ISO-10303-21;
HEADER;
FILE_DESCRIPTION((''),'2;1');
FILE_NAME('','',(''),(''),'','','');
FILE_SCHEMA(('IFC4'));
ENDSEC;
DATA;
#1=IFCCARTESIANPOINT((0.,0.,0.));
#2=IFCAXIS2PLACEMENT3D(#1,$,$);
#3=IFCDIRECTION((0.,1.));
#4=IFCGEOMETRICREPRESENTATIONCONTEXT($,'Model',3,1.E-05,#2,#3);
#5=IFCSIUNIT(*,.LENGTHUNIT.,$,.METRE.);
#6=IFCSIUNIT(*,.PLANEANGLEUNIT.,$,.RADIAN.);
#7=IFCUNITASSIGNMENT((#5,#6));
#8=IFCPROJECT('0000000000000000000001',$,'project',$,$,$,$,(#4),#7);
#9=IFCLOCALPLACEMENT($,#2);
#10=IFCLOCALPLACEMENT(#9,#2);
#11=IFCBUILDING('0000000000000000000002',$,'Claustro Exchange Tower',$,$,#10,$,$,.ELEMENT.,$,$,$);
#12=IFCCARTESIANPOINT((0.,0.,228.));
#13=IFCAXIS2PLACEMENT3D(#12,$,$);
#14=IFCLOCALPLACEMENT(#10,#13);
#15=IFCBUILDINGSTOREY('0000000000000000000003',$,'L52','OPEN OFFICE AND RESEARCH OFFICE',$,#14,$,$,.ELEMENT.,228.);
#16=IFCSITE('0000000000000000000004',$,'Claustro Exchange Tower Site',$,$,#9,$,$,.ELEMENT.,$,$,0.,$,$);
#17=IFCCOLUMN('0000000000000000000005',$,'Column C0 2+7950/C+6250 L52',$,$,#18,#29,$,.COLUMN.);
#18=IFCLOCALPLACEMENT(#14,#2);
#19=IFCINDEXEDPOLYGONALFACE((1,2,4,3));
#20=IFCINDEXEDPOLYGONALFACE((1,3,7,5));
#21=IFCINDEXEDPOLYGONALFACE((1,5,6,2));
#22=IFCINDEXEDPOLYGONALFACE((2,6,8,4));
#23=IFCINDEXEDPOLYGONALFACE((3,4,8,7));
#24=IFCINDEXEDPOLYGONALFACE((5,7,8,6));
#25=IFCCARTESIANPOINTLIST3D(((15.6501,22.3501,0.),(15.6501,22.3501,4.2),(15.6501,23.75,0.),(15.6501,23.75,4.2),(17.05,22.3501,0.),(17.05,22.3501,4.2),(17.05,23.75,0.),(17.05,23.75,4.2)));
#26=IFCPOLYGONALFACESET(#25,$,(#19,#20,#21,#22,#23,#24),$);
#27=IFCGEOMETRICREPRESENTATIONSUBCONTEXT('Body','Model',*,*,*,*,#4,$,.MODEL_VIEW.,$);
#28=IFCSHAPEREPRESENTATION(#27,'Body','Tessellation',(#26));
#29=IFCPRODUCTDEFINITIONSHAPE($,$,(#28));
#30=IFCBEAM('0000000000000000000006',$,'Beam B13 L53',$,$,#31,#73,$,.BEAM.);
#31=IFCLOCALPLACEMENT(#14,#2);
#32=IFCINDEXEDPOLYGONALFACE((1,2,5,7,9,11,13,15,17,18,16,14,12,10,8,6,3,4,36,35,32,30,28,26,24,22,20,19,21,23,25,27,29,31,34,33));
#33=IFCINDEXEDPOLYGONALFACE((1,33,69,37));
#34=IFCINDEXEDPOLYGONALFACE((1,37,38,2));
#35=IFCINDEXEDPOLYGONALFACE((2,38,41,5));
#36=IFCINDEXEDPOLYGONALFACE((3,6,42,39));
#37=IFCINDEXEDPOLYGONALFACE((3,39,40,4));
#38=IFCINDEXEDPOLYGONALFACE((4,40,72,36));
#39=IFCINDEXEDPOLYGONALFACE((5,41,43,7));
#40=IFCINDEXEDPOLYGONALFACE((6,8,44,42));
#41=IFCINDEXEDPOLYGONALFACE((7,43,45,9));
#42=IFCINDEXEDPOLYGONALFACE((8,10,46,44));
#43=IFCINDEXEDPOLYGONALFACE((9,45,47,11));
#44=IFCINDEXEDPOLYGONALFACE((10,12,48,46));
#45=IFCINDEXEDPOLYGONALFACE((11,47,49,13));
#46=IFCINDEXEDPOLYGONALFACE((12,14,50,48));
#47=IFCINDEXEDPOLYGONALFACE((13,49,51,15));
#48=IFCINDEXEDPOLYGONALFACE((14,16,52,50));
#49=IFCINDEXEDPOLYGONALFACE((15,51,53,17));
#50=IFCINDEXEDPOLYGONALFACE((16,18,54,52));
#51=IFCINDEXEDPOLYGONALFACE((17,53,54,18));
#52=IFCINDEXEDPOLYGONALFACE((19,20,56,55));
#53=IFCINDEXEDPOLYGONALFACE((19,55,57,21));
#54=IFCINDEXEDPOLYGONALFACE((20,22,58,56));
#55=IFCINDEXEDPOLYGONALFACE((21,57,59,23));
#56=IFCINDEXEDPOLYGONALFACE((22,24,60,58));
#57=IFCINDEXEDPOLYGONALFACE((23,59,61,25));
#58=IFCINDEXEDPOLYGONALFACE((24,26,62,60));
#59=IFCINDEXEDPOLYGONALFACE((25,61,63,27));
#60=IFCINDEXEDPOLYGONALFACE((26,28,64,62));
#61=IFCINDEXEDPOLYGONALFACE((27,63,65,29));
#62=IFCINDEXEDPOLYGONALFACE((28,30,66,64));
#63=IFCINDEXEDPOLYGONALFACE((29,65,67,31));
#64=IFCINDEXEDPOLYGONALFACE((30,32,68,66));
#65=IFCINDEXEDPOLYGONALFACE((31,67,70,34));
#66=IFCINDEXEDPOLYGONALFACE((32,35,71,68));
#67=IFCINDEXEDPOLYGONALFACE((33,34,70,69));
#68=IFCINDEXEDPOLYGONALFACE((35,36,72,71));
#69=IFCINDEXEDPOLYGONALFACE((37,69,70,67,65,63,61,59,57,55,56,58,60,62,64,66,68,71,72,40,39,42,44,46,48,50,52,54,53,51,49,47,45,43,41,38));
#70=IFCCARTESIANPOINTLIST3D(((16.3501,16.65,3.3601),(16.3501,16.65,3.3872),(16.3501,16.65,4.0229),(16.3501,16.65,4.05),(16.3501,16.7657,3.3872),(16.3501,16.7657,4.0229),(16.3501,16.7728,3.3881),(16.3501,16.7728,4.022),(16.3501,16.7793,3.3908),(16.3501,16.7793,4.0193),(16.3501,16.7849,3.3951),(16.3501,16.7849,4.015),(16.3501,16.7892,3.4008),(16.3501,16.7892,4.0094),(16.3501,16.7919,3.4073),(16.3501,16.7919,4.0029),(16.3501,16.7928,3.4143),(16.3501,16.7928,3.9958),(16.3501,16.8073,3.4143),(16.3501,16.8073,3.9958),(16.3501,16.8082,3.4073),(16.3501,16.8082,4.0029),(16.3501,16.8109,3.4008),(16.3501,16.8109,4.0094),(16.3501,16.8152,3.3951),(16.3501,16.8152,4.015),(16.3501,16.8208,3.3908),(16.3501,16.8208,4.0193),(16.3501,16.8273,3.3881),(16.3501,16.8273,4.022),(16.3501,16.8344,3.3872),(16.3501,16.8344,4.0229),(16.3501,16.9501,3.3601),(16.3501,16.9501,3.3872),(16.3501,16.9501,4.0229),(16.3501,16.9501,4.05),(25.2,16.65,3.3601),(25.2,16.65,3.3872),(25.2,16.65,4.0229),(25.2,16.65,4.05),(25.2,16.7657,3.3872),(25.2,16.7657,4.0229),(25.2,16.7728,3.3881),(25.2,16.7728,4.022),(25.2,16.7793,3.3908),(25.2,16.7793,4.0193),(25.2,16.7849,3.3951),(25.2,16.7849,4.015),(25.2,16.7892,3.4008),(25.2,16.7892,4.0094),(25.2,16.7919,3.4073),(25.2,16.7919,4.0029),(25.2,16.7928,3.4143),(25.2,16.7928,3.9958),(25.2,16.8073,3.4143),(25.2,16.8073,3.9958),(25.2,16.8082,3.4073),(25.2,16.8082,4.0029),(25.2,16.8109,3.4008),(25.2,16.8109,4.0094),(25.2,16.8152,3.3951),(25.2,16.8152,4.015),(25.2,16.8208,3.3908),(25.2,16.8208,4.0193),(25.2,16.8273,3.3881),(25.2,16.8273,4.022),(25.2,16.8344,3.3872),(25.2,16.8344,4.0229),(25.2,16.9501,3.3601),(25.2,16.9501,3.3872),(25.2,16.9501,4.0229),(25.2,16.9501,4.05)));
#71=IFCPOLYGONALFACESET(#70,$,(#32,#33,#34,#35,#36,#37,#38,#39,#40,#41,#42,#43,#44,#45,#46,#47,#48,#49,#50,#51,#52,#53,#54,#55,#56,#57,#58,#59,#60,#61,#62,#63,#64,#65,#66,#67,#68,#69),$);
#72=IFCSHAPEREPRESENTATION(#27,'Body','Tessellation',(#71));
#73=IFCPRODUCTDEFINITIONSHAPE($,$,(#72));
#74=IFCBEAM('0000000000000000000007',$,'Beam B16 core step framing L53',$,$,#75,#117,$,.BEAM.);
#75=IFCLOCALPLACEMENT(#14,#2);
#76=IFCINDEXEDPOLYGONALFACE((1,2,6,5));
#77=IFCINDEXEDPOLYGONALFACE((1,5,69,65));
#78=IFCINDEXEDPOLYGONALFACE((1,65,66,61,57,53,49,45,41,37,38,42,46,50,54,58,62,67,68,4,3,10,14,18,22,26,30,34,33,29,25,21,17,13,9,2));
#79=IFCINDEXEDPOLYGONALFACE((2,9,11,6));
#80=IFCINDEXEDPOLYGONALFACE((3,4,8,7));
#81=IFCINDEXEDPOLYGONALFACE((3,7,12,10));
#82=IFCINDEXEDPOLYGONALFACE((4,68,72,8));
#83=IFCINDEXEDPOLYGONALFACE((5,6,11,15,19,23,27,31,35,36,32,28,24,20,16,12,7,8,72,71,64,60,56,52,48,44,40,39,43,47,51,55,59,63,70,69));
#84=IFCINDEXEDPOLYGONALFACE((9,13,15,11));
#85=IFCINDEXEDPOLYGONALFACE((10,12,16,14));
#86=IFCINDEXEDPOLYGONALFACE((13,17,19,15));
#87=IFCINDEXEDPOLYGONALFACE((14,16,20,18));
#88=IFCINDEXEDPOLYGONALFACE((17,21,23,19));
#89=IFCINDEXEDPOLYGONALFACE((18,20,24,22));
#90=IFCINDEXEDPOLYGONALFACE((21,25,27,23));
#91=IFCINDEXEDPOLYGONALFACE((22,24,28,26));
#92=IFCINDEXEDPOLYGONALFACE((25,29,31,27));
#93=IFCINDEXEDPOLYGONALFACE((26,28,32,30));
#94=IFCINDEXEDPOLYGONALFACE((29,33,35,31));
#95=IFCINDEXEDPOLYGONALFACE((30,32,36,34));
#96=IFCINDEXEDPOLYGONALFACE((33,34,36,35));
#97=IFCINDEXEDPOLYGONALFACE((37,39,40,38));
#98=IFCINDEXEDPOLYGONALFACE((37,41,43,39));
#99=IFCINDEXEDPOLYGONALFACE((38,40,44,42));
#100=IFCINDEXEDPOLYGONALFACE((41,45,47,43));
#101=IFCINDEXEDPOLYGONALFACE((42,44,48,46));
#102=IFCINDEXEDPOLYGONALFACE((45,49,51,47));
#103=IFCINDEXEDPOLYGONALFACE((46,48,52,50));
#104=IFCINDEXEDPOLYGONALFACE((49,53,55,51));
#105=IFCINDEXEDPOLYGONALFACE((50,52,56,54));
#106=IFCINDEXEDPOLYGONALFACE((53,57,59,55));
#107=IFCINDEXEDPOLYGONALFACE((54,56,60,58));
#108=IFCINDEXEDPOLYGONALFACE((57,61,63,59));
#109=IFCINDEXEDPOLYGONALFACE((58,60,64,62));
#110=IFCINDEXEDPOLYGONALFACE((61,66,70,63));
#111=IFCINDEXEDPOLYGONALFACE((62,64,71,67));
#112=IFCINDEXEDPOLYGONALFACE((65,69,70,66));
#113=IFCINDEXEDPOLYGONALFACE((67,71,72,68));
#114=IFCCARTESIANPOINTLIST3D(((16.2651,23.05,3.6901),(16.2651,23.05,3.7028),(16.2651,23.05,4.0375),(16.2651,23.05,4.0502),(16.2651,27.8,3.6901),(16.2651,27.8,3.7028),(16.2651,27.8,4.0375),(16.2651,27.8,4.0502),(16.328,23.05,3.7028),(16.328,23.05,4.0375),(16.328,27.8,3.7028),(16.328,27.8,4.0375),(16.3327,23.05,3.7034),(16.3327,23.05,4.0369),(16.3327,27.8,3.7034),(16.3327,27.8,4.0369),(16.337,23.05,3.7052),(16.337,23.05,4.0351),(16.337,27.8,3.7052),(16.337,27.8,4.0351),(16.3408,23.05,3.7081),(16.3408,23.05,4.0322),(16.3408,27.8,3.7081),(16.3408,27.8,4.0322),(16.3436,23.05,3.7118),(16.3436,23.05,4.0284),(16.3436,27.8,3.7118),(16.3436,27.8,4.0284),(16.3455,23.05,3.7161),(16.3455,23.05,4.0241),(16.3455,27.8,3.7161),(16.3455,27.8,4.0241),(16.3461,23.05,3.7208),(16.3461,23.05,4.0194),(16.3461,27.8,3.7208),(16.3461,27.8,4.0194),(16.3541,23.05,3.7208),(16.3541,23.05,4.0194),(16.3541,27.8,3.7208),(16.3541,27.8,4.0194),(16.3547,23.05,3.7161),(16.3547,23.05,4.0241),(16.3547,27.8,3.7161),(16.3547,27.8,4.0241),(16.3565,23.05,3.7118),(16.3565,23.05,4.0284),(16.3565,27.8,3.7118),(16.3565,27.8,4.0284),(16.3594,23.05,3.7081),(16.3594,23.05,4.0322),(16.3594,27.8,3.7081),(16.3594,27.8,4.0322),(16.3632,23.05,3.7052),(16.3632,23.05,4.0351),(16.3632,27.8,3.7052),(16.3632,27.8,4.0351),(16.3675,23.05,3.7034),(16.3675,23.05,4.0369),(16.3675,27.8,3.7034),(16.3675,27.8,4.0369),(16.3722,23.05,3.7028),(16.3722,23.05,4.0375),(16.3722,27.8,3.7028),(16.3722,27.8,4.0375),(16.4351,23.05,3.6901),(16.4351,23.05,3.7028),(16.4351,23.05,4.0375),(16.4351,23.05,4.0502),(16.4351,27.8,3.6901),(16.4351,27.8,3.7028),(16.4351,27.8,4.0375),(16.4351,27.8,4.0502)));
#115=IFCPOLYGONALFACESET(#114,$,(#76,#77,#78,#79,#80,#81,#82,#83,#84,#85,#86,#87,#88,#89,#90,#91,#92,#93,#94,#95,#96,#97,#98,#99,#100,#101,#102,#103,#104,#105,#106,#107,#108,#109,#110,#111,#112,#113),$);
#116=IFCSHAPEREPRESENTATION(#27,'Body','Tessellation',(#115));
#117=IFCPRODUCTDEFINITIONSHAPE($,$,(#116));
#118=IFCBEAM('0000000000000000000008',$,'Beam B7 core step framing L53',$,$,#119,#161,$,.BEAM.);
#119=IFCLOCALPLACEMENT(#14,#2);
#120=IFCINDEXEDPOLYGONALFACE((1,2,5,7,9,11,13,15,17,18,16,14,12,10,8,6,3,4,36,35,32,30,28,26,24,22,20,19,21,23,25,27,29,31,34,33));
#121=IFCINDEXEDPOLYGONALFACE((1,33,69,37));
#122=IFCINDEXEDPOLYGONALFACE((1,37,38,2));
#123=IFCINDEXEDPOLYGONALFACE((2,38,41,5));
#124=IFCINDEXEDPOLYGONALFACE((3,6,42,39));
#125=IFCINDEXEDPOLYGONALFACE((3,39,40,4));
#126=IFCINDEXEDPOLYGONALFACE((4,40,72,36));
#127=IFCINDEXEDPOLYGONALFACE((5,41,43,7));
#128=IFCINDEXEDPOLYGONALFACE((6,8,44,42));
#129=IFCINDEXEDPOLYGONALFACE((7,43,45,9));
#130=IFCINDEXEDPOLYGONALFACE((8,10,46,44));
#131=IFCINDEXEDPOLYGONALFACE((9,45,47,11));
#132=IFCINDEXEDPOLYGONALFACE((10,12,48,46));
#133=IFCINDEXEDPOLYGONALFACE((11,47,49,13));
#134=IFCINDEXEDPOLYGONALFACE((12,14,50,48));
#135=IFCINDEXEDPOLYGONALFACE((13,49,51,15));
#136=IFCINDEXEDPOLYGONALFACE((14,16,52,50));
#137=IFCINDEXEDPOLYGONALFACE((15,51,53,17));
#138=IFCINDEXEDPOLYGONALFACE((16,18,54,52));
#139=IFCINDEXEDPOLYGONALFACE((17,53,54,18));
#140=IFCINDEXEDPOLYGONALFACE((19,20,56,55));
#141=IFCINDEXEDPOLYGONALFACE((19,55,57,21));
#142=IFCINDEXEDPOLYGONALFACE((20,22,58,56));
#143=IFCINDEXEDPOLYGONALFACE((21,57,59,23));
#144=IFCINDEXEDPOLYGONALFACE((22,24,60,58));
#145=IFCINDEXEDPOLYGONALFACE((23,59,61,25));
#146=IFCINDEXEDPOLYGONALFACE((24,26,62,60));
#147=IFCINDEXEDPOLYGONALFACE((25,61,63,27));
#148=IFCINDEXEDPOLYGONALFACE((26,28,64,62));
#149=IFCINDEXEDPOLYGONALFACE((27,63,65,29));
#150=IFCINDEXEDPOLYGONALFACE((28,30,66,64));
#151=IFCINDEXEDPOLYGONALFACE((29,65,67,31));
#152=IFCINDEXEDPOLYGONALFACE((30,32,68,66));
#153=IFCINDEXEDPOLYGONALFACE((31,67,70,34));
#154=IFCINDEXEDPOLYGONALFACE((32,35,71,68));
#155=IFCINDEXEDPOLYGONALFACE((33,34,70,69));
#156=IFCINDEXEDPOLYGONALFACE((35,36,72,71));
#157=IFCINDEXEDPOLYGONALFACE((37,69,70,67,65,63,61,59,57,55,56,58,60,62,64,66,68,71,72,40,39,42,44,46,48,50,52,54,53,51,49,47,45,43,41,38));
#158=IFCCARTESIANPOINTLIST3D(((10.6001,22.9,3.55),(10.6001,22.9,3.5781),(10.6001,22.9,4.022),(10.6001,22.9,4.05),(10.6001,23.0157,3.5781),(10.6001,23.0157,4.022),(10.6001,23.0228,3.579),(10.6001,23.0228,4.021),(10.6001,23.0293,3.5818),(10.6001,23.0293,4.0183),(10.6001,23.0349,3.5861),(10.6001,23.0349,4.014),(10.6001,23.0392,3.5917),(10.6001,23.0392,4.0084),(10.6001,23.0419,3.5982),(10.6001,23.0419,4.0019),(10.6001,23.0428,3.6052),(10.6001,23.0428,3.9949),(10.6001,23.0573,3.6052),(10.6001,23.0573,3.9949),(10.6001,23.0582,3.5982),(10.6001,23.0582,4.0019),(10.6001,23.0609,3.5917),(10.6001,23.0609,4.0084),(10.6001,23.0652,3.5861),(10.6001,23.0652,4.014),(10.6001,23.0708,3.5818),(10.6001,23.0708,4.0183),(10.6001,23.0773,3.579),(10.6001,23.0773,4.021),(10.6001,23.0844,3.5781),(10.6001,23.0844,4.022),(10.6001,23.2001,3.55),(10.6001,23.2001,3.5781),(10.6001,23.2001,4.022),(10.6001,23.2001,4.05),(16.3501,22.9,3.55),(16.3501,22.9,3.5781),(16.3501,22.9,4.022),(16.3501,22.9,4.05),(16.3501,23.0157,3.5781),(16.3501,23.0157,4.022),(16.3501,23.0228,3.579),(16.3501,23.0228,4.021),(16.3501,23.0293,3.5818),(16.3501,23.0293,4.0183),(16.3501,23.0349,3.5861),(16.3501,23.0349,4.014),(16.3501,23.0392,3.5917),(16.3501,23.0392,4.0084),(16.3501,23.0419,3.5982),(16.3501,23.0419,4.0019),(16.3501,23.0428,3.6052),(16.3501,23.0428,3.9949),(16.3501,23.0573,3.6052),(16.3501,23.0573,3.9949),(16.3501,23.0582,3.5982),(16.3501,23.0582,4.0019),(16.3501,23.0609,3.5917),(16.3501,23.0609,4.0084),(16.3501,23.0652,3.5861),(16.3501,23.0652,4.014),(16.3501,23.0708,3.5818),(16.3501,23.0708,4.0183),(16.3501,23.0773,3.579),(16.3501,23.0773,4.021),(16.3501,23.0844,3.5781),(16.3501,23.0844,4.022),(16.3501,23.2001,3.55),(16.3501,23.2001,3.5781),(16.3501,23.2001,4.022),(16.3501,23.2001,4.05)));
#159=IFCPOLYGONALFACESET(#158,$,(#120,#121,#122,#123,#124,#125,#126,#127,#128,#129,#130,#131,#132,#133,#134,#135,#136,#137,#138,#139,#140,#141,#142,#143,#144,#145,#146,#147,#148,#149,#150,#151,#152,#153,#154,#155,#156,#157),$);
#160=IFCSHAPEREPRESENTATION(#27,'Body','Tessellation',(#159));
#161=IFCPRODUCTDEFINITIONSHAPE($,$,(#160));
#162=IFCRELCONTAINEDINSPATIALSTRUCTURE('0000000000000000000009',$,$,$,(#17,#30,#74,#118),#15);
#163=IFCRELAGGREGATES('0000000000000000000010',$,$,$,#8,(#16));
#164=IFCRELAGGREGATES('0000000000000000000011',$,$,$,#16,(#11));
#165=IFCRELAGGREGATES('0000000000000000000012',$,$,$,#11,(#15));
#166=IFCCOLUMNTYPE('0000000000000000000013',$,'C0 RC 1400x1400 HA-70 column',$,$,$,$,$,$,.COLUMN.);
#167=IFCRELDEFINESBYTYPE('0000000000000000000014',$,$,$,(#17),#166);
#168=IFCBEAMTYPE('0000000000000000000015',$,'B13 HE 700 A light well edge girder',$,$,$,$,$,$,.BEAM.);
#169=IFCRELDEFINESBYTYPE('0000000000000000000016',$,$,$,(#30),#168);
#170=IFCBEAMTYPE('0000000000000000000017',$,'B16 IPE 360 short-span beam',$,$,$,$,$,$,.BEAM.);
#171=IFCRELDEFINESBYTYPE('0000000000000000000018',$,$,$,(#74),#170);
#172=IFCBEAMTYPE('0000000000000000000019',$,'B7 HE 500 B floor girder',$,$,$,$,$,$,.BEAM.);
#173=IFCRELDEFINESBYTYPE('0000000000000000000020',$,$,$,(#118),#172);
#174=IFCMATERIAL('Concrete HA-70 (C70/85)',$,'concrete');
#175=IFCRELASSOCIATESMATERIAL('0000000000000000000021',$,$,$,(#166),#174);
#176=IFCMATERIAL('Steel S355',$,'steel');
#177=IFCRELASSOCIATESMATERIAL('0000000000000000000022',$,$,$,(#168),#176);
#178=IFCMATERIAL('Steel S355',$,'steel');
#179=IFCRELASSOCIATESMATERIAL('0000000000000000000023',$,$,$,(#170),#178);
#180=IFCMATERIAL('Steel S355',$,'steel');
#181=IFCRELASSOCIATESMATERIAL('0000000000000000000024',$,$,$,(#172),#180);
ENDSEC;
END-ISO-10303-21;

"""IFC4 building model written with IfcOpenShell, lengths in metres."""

from ifc_helpers import new_model, si_unit, direction, frame, origin, origin_2d, place, context, subcontext, project, spatial, rectangle, i_section, extrude, material, material_profile, profile_set, type_object, element, save


model = new_model("IFC4")

# Units and contexts
model_context = context("Model", 3, precision=1e-05, world=origin(), true_north=direction((0.0, 1.0)))
body_context = subcontext(model_context, "Body", "Model", "MODEL_VIEW")
ifc_project = project(units=[si_unit("LENGTHUNIT", "METRE"), si_unit("PLANEANGLEUNIT", "RADIAN")], contexts=[model_context])

# Site, building, storey
site_placement = place(None, origin())
site = spatial("IfcSite", under=ifc_project, at=site_placement, Name="Claustro Exchange Tower Site", CompositionType="ELEMENT", RefElevation=0.0)
building_placement = place(site_placement, origin())
building = spatial("IfcBuilding", under=site, at=building_placement, Name="Claustro Exchange Tower", CompositionType="ELEMENT")
storey_placement = place(building_placement, frame((0.0, 0.0, 228.0)))
storey = spatial("IfcBuildingStorey", under=building, at=storey_placement, Name="L52", Description="OPEN OFFICE AND RESEARCH OFFICE", CompositionType="ELEMENT", Elevation=228.0)

# Column
ifc_material_1 = material(Name="Concrete HA-70 (C70/85)", Category="concrete")
ifc_material_profile_1 = material_profile(ifc_material_1, rectangle(XDim=1.3999, YDim=1.3999, at=origin_2d()), Name="RC 1400x1400")
ifc_profile_set_1 = profile_set([ifc_material_profile_1], Name="Concrete HA-70 (C70/85)")
column_type = type_object("IfcColumnType", Name="C0 RC 1400x1400 HA-70 column", PredefinedType="COLUMN", material=ifc_profile_set_1)
column_placement = place(storey_placement, frame((16.3501, 23.05, 0.0), z_axis=(0.0, 0.0, 1.0), x_axis=(1.0, 0.0, 0.0)))
element("IfcColumn", 1, at=column_placement, inside=storey, type_object=column_type, Name="Column C0 2+7950/C+6250 L52", PredefinedType="COLUMN", context=body_context, shape_type="SweptSolid", body=[
    extrude(rectangle(XDim=1.3999, YDim=1.3999, at=origin_2d()), origin(), (0.0, 0.0, 1.0), 4.2),
])

# Beams
ifc_material_2 = material(Name="Steel S355", Category="steel")
ifc_material_profile_2 = material_profile(ifc_material_2, i_section(OverallWidth=0.3, OverallDepth=0.6899, WebThickness=0.0144, FlangeThickness=0.0271, FilletRadius=0.0271, at=origin_2d()), Name="HE 700 A")
ifc_profile_set_2 = profile_set([ifc_material_profile_2], Name="Steel S355")
beam_type_1 = type_object("IfcBeamType", Name="B13 HE 700 A light well edge girder", PredefinedType="BEAM", material=ifc_profile_set_2)
beam_1_placement = place(storey_placement, frame((16.3501, 16.8, 3.7051), z_axis=(1.0, 0.0, 0.0), x_axis=(0.0, 1.0, 0.0)))
element("IfcBeam", 2, at=beam_1_placement, inside=storey, type_object=beam_type_1, Name="Beam B13 L53", PredefinedType="BEAM", context=body_context, shape_type="SweptSolid", body=[
    extrude(i_section(OverallWidth=0.3, OverallDepth=0.6899, WebThickness=0.0144, FlangeThickness=0.0271, FilletRadius=0.0271, at=origin_2d()), origin(), (0.0, 0.0, 1.0), 8.8499),
])
ifc_material_3 = material(Name="Steel S355", Category="steel")
ifc_material_profile_3 = material_profile(ifc_material_3, i_section(OverallWidth=0.1699, OverallDepth=0.3601, WebThickness=0.0081, FlangeThickness=0.0127, FilletRadius=0.0181, at=origin_2d()), Name="IPE 360")
ifc_profile_set_3 = profile_set([ifc_material_profile_3], Name="Steel S355")
beam_type_2 = type_object("IfcBeamType", Name="B16 IPE 360 short-span beam", PredefinedType="BEAM", material=ifc_profile_set_3)
beam_2_placement = place(storey_placement, frame((16.3501, 23.05, 3.8701), z_axis=(0.0, 1.0, 0.0), x_axis=(-1.0, 0.0, 0.0)))
element("IfcBeam", 3, at=beam_2_placement, inside=storey, type_object=beam_type_2, Name="Beam B16 core step framing L53", PredefinedType="BEAM", context=body_context, shape_type="SweptSolid", body=[
    extrude(i_section(OverallWidth=0.1699, OverallDepth=0.3601, WebThickness=0.0081, FlangeThickness=0.0127, FilletRadius=0.0181, at=origin_2d()), origin(), (0.0, 0.0, 1.0), 4.75),
])
ifc_material_4 = material(Name="Steel S355", Category="steel")
ifc_material_profile_4 = material_profile(ifc_material_4, i_section(OverallWidth=0.3, OverallDepth=0.5, WebThickness=0.0144, FlangeThickness=0.0281, FilletRadius=0.0271, at=origin_2d()), Name="HE 500 B")
ifc_profile_set_4 = profile_set([ifc_material_profile_4], Name="Steel S355")
beam_type_3 = type_object("IfcBeamType", Name="B7 HE 500 B floor girder", PredefinedType="BEAM", material=ifc_profile_set_4)
beam_3_placement = place(storey_placement, frame((10.6001, 23.05, 3.8), z_axis=(1.0, 0.0, 0.0), x_axis=(0.0, 1.0, 0.0)))
element("IfcBeam", 4, at=beam_3_placement, inside=storey, type_object=beam_type_3, Name="Beam B7 core step framing L53", PredefinedType="BEAM", context=body_context, shape_type="SweptSolid", body=[
    extrude(i_section(OverallWidth=0.3, OverallDepth=0.5, WebThickness=0.0144, FlangeThickness=0.0281, FilletRadius=0.0271, at=origin_2d()), origin(), (0.0, 0.0, 1.0), 5.75),
])

save(model, "model.ifc")
